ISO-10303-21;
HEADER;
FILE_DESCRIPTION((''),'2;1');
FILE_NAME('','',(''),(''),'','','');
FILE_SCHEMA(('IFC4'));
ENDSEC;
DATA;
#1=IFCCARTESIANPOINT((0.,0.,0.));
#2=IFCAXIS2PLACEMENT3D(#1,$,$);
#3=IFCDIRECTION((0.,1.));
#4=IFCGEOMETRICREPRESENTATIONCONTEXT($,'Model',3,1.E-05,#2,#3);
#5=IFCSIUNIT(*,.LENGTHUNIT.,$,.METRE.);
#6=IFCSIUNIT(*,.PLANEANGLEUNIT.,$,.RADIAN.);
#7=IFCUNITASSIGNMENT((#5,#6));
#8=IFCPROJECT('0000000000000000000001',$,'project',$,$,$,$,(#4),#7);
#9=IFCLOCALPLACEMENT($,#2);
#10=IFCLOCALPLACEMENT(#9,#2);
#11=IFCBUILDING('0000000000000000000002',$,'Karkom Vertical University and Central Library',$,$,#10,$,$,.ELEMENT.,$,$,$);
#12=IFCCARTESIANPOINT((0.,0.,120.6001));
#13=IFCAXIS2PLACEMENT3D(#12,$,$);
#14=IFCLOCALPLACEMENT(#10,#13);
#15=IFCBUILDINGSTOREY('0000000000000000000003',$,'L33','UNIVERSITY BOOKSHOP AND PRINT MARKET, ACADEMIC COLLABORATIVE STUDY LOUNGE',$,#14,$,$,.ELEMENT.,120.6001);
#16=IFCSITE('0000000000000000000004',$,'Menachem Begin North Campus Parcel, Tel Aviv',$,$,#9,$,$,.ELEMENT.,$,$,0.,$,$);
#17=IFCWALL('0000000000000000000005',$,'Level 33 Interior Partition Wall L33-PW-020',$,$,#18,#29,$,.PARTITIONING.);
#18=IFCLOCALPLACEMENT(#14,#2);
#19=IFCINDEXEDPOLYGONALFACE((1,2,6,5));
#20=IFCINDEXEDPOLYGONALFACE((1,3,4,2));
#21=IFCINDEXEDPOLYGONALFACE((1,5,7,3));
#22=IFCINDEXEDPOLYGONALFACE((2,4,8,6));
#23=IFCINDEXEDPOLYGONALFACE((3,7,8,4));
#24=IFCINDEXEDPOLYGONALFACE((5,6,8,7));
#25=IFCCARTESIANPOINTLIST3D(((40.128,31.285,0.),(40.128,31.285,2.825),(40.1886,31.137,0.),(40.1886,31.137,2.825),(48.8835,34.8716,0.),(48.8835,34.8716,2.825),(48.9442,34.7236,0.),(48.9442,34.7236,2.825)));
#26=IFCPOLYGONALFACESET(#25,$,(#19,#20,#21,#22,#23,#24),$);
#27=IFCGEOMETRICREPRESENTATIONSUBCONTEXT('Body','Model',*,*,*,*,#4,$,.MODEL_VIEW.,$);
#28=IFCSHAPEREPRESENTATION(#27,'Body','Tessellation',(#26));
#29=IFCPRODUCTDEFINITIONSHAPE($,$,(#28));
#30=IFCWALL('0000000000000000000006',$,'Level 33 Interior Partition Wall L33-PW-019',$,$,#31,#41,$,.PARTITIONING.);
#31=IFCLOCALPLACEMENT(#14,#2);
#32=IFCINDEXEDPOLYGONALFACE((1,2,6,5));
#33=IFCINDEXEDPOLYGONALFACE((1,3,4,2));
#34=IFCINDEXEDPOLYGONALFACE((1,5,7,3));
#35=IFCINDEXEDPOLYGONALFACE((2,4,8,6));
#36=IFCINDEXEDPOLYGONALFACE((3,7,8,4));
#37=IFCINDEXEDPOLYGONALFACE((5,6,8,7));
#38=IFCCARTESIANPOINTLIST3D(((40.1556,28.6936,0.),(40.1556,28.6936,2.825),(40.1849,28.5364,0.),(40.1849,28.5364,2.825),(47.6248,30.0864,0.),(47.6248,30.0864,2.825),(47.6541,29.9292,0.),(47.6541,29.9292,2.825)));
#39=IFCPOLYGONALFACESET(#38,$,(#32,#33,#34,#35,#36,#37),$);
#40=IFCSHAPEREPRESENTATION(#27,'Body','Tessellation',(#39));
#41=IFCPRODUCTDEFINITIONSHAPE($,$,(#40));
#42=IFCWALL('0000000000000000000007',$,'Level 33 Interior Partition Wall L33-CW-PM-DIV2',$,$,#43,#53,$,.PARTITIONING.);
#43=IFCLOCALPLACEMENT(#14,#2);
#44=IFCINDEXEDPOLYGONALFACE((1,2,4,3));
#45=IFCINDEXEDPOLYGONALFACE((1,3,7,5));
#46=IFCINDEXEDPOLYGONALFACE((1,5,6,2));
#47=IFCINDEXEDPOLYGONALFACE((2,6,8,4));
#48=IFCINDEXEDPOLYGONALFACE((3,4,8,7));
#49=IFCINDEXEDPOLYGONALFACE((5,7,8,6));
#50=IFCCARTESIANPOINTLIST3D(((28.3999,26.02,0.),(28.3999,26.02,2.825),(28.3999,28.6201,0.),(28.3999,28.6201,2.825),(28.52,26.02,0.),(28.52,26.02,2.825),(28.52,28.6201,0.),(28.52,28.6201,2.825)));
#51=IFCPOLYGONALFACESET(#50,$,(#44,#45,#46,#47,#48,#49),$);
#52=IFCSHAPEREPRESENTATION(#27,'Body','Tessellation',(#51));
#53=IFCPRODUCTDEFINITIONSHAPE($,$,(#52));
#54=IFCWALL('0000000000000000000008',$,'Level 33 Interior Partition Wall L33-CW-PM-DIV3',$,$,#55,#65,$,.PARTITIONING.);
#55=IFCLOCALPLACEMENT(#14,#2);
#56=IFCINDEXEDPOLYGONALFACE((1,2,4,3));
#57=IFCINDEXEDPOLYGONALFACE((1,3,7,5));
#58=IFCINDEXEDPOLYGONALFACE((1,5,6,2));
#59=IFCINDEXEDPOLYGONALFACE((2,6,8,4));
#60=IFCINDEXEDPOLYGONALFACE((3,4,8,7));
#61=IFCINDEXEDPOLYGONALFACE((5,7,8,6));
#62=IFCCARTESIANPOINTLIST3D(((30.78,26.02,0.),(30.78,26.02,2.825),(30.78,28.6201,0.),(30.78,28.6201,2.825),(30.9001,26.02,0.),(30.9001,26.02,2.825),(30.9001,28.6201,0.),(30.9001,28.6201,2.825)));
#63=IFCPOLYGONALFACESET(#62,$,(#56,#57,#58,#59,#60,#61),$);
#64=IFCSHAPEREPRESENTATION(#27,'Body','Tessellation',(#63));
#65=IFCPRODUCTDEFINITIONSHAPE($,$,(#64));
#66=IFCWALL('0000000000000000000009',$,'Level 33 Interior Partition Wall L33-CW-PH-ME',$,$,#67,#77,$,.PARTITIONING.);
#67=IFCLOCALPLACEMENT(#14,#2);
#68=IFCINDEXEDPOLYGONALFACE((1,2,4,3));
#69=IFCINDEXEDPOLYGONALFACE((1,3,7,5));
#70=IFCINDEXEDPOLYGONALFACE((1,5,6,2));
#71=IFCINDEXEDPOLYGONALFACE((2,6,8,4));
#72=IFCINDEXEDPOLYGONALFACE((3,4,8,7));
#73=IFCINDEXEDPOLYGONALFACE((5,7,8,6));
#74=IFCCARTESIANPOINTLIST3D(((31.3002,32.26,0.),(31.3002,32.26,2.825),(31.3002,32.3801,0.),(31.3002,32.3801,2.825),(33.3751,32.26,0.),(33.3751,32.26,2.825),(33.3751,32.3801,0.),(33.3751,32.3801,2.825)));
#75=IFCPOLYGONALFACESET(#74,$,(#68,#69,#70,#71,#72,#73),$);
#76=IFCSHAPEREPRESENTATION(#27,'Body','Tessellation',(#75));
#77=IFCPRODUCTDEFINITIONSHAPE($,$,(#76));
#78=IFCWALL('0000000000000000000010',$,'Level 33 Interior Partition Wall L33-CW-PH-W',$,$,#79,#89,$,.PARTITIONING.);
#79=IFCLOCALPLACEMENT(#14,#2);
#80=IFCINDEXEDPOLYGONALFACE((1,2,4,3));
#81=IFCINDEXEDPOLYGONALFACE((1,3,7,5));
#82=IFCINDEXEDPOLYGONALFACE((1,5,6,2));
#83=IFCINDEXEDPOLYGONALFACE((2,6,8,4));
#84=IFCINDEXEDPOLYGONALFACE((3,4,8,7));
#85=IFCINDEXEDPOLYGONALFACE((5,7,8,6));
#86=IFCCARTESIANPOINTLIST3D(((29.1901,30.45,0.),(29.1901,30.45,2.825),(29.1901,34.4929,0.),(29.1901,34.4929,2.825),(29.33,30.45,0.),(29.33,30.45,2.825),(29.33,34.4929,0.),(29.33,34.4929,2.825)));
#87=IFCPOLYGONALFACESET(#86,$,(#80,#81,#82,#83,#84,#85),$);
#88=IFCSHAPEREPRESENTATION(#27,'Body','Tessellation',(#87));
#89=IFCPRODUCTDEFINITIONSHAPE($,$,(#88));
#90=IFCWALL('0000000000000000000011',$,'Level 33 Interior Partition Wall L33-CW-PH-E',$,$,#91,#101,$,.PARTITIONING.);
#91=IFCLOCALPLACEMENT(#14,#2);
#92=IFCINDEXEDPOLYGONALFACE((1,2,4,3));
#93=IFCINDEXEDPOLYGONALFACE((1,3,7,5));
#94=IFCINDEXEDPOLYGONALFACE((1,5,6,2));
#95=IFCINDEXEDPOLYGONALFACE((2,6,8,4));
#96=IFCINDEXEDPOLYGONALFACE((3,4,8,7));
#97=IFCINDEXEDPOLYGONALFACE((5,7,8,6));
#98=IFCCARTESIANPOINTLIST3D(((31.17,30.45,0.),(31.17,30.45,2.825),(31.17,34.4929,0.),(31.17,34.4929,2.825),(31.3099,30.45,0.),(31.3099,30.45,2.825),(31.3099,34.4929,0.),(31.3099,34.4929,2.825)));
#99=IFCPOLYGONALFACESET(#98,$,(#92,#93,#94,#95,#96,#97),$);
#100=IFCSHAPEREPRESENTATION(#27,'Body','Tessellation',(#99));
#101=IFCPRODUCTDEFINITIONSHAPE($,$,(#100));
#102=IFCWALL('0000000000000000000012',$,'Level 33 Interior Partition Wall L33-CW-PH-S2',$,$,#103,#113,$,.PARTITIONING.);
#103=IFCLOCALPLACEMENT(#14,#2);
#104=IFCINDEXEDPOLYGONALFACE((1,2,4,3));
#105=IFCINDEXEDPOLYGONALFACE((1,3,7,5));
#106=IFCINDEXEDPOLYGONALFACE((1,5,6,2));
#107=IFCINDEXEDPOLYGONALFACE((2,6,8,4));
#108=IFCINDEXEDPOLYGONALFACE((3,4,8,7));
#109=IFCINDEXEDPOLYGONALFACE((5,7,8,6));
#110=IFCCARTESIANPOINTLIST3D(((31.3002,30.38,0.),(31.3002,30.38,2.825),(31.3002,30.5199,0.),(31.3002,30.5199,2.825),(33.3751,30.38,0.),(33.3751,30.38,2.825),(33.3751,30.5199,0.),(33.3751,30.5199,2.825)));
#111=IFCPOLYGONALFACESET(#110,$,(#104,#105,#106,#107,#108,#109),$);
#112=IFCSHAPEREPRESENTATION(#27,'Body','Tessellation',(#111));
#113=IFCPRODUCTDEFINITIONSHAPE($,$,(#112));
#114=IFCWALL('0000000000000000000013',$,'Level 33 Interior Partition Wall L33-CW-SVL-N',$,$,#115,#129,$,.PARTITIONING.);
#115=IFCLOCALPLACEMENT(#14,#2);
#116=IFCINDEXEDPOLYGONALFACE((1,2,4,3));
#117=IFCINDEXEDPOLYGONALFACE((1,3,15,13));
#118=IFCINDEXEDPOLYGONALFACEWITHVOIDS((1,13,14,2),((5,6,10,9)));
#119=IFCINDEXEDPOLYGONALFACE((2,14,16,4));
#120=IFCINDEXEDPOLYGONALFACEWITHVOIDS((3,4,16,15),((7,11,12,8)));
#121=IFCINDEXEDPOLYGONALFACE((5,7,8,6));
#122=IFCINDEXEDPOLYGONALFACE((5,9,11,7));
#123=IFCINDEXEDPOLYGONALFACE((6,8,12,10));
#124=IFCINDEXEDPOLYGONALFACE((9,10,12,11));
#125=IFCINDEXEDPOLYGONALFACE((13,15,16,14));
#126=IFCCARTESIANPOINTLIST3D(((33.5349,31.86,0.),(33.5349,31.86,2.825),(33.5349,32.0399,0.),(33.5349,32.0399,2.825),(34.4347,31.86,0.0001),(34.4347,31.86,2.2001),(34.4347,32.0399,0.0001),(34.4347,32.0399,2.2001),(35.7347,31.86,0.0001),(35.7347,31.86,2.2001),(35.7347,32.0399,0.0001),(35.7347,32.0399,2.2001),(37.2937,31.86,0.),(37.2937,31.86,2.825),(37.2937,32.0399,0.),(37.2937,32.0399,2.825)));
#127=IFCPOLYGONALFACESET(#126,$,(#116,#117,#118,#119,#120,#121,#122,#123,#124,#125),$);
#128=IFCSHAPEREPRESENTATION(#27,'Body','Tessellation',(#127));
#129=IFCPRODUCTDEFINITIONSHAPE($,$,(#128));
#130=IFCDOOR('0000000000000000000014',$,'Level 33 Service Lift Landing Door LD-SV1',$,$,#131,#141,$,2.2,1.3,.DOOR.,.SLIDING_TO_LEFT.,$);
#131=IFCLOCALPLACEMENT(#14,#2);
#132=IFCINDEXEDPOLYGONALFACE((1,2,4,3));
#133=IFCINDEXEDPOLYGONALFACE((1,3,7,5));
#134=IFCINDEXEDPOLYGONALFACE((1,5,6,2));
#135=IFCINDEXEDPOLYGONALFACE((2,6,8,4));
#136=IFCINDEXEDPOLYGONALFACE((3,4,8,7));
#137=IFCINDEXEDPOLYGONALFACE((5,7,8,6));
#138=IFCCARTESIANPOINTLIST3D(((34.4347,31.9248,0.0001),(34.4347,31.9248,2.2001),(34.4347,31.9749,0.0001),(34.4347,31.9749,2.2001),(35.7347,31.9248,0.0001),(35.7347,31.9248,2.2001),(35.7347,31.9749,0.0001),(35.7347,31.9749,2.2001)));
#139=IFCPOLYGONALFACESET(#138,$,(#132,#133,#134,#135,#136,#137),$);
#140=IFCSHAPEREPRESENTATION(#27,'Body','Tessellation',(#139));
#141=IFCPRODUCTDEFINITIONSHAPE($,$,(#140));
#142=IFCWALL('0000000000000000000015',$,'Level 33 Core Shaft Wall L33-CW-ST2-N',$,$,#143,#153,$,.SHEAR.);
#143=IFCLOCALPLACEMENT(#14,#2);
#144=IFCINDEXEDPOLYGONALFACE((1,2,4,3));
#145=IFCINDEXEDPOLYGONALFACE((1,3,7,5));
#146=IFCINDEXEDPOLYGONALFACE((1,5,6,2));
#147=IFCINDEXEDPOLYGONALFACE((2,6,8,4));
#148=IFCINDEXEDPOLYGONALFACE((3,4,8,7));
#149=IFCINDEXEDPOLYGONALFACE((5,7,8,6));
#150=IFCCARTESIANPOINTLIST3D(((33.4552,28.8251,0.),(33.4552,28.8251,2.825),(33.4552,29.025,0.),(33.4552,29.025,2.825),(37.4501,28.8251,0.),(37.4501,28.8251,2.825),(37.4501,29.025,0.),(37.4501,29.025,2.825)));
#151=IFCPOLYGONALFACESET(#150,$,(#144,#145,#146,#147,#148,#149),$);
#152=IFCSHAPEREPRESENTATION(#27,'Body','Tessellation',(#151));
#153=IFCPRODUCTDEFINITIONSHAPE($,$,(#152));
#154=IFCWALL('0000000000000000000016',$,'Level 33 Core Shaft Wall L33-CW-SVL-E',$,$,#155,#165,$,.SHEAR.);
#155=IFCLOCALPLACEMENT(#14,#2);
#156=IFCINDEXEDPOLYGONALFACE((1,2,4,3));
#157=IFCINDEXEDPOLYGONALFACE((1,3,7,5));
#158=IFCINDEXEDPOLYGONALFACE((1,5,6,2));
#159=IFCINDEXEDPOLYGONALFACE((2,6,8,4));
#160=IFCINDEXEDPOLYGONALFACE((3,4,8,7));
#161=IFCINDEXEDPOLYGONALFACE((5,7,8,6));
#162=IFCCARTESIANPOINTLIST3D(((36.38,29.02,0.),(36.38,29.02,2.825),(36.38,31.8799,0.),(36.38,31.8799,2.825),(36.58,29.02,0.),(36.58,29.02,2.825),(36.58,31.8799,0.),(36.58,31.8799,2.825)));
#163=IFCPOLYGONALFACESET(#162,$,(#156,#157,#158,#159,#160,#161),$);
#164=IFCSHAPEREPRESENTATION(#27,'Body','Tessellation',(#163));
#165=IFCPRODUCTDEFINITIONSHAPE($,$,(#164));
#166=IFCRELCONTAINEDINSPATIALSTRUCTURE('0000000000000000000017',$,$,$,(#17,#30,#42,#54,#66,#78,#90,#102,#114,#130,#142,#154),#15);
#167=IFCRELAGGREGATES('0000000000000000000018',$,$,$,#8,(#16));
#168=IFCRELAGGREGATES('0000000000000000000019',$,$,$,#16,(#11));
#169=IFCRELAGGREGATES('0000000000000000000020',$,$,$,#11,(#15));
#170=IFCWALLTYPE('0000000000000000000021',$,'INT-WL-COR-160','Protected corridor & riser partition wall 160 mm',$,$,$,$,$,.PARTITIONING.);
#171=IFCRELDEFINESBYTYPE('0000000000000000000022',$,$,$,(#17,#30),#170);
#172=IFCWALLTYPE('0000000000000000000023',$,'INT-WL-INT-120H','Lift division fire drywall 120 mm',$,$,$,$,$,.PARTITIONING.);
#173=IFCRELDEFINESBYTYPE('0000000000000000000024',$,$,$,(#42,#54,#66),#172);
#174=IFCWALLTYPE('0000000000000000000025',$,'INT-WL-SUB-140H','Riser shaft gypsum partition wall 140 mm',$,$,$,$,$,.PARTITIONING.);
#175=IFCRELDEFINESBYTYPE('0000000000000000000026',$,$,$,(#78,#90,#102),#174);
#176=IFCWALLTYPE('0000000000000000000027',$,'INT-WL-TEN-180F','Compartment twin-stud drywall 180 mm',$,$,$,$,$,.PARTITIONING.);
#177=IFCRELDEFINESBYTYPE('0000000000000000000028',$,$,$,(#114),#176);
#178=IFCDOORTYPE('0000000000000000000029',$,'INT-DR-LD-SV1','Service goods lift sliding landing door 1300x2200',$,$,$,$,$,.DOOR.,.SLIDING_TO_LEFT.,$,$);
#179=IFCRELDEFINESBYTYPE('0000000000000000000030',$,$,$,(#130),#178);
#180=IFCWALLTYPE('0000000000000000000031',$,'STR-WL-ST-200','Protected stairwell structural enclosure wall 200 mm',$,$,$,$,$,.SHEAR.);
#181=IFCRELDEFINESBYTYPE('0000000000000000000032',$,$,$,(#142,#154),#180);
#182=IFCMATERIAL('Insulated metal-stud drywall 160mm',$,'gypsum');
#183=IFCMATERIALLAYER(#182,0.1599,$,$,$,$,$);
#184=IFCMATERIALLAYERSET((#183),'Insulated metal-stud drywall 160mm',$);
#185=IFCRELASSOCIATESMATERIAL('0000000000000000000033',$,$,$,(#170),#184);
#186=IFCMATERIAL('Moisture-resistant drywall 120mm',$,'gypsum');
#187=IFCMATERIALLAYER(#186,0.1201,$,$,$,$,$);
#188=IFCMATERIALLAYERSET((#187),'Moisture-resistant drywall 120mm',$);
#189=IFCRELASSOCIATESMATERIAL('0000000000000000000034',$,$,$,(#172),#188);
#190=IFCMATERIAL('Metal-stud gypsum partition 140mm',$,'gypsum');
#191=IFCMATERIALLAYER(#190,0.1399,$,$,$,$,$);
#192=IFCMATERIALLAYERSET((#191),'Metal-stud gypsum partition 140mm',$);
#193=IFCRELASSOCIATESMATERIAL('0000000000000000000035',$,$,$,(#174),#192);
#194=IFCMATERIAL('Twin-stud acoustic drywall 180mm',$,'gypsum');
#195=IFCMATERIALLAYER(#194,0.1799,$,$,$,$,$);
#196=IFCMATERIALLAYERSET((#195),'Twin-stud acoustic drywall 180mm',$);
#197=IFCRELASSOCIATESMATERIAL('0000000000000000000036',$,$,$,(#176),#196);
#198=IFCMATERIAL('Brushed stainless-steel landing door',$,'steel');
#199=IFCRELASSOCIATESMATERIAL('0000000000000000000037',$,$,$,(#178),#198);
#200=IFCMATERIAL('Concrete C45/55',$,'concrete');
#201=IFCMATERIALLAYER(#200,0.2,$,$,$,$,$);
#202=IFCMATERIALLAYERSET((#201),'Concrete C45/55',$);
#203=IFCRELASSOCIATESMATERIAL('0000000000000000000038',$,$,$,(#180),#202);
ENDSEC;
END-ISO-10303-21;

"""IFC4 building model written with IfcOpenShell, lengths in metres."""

from ifc_helpers import new_model, si_unit, direction, frame, frame_2d, origin, origin_with_axes, place, context, subcontext, project, spatial, rectangle, extrude, source, transform, mapped, material, layer, layer_set, type_object, element, fill, save


model = new_model("IFC4")

# Units and contexts
model_context = context("Model", 3, precision=1e-05, world=origin(), true_north=direction((0.0, 1.0)))
body_context = subcontext(model_context, "Body", "Model", "MODEL_VIEW")
ifc_project = project(units=[si_unit("LENGTHUNIT", "METRE"), si_unit("PLANEANGLEUNIT", "RADIAN")], contexts=[model_context])

# Site, building, storey
site_placement = place(None, origin())
site = spatial("IfcSite", under=ifc_project, at=site_placement, Name="Menachem Begin North Campus Parcel, Tel Aviv", CompositionType="ELEMENT", RefElevation=0.0)
building_placement = place(site_placement, origin())
building = spatial("IfcBuilding", under=site, at=building_placement, Name="Karkom Vertical University and Central Library", CompositionType="ELEMENT")
storey_placement = place(building_placement, frame((0.0, 0.0, 120.6001)))
storey = spatial("IfcBuildingStorey", under=building, at=storey_placement, Name="L33", Description="UNIVERSITY BOOKSHOP AND PRINT MARKET, ACADEMIC COLLABORATIVE STUDY LOUNGE", CompositionType="ELEMENT", Elevation=120.6001)

# Walls
ifc_material_1 = material(Name="Insulated metal-stud drywall 160mm", Category="gypsum")
ifc_layer_1 = layer(ifc_material_1, 0.1599)
ifc_layer_set_1 = layer_set([ifc_layer_1], Name="Insulated metal-stud drywall 160mm")
wall_type_1 = type_object("IfcWallType", Name="INT-WL-COR-160", Description="Protected corridor & riser partition wall 160 mm", PredefinedType="PARTITIONING", material=ifc_layer_set_1)
wall_1_placement = place(storey_placement, frame((40.1582, 31.2109, 0.0), z_axis=(0.0, 0.0, 1.0), x_axis=(0.925368, 0.37907, 0.0)))
element("IfcWall", 1, at=wall_1_placement, inside=storey, type_object=wall_type_1, Name="Level 33 Interior Partition Wall L33-PW-020", PredefinedType="PARTITIONING", context=body_context, shape_type="SweptSolid", body=[
    extrude(rectangle(XDim=9.4617, YDim=0.1599, at=frame_2d((4.731, 0.0))), origin(), (0.0, 0.0, 1.0), 2.825),
])
wall_2_placement = place(storey_placement, frame((40.1704, 28.615, 0.0), z_axis=(0.0, 0.0, 1.0), x_axis=(0.983054, 0.183315, 0.0)))
element("IfcWall", 2, at=wall_2_placement, inside=storey, type_object=wall_type_1, Name="Level 33 Interior Partition Wall L33-PW-019", PredefinedType="PARTITIONING", context=body_context, shape_type="SweptSolid", body=[
    extrude(rectangle(XDim=7.5979, YDim=0.1599, at=frame_2d((3.7988, 0.0))), origin(), (0.0, 0.0, 1.0), 2.825),
])
ifc_material_2 = material(Name="Moisture-resistant drywall 120mm", Category="gypsum")
ifc_layer_2 = layer(ifc_material_2, 0.1201)
ifc_layer_set_2 = layer_set([ifc_layer_2], Name="Moisture-resistant drywall 120mm")
wall_type_2 = type_object("IfcWallType", Name="INT-WL-INT-120H", Description="Lift division fire drywall 120 mm", PredefinedType="PARTITIONING", material=ifc_layer_set_2)
for number, where, z_axis, x_axis, name in (
    (3, (28.46, 26.02, 0.0), (0.0, 0.0, 1.0), (0.0, 1.0, 0.0), "Level 33 Interior Partition Wall L33-CW-PM-DIV2"),
    (4, (30.8401, 26.02, 0.0), (0.0, 0.0, 1.0), (0.0, 1.0, 0.0), "Level 33 Interior Partition Wall L33-CW-PM-DIV3"),
):
    element("IfcWall", number, at=place(storey_placement, frame(where, z_axis=z_axis, x_axis=x_axis)), inside=storey, type_object=wall_type_2, Name=name, PredefinedType="PARTITIONING", context=body_context, shape_type="SweptSolid", body=[
        extrude(rectangle(XDim=2.6001, YDim=0.1201, at=frame_2d((1.3, 0.0))), origin(), (0.0, 0.0, 1.0), 2.825),
    ])
wall_3_placement = place(storey_placement, frame((31.3, 32.3201, 0.0), z_axis=(0.0, 0.0, 1.0), x_axis=(1.0, 0.0, 0.0)))
element("IfcWall", 5, at=wall_3_placement, inside=storey, type_object=wall_type_2, Name="Level 33 Interior Partition Wall L33-CW-PH-ME", PredefinedType="PARTITIONING", context=body_context, shape_type="SweptSolid", body=[
    extrude(rectangle(XDim=2.075, YDim=0.1201, at=frame_2d((1.0376, 0.0))), origin(), (0.0, 0.0, 1.0), 2.825),
])
ifc_material_3 = material(Name="Metal-stud gypsum partition 140mm", Category="gypsum")
ifc_layer_3 = layer(ifc_material_3, 0.1399)
ifc_layer_set_3 = layer_set([ifc_layer_3], Name="Metal-stud gypsum partition 140mm")
wall_type_3 = type_object("IfcWallType", Name="INT-WL-SUB-140H", Description="Riser shaft gypsum partition wall 140 mm", PredefinedType="PARTITIONING", material=ifc_layer_set_3)
for number, where, z_axis, x_axis, name in (
    (6, (29.26, 30.45, 0.0), (0.0, 0.0, 1.0), (0.0, 1.0, 0.0), "Level 33 Interior Partition Wall L33-CW-PH-W"),
    (7, (31.24, 30.45, 0.0), (0.0, 0.0, 1.0), (0.0, 1.0, 0.0), "Level 33 Interior Partition Wall L33-CW-PH-E"),
):
    element("IfcWall", number, at=place(storey_placement, frame(where, z_axis=z_axis, x_axis=x_axis)), inside=storey, type_object=wall_type_3, Name=name, PredefinedType="PARTITIONING", context=body_context, shape_type="SweptSolid", body=[
        extrude(rectangle(XDim=4.043, YDim=0.1399, at=frame_2d((2.0215, 0.0))), origin(), (0.0, 0.0, 1.0), 2.825),
    ])
wall_4_placement = place(storey_placement, frame((31.3, 30.45, 0.0), z_axis=(0.0, 0.0, 1.0), x_axis=(1.0, 0.0, 0.0)))
element("IfcWall", 8, at=wall_4_placement, inside=storey, type_object=wall_type_3, Name="Level 33 Interior Partition Wall L33-CW-PH-S2", PredefinedType="PARTITIONING", context=body_context, shape_type="SweptSolid", body=[
    extrude(rectangle(XDim=2.075, YDim=0.1399, at=frame_2d((1.0376, 0.0))), origin(), (0.0, 0.0, 1.0), 2.825),
])

# Wall, opening, door
ifc_material_4 = material(Name="Twin-stud acoustic drywall 180mm", Category="gypsum")
ifc_layer_4 = layer(ifc_material_4, 0.1799)
ifc_layer_set_4 = layer_set([ifc_layer_4], Name="Twin-stud acoustic drywall 180mm")
wall_type_4 = type_object("IfcWallType", Name="INT-WL-TEN-180F", Description="Compartment twin-stud drywall 180 mm", PredefinedType="PARTITIONING", material=ifc_layer_set_4)
wall_5_placement = place(storey_placement, frame((33.5349, 31.95, 0.0), z_axis=(0.0, 0.0, 1.0), x_axis=(1.0, 0.0, 0.0)))
wall_5 = element("IfcWall", 9, at=wall_5_placement, inside=storey, type_object=wall_type_4, Name="Level 33 Interior Partition Wall L33-CW-SVL-N", PredefinedType="PARTITIONING", context=body_context, shape_type="SweptSolid", body=[
    extrude(rectangle(XDim=3.7588, YDim=0.1799, at=frame_2d((1.8794, 0.0))), origin(), (0.0, 0.0, 1.0), 2.825),
])
opening_1_placement = place(wall_5_placement, frame((0.8999, 0.0, 0.0)))
opening_1 = element("IfcOpeningElement", 10, at=opening_1_placement, cuts=wall_5, PredefinedType="OPENING", context=body_context, shape_type="SweptSolid", body=[
    extrude(rectangle(XDim=1.3, YDim=2.2, at=frame_2d((0.6499, 1.1001))), frame((0.0, 0.1001, 0.0), z_axis=(0.0, -1.0, 0.0), x_axis=(1.0, 0.0, 0.0)), (0.0, 0.0, 1.0), 0.2),
])
ifc_material_5 = material(Name="Brushed stainless-steel landing door", Category="steel")
door_type_1 = type_object("IfcDoorType", Name="INT-DR-LD-SV1", Description="Service goods lift sliding landing door 1300x2200", OperationType="SLIDING_TO_LEFT", PredefinedType="DOOR", material=ifc_material_5)
shared_shape_1 = source(origin_with_axes(), body_context, "Body", "SweptSolid", [
    extrude(rectangle(XDim=1.3, YDim=2.2, at=frame_2d((0.6499, 1.1001))), frame((0.0, 0.0249, 0.0), z_axis=(0.0, -1.0, 0.0), x_axis=(1.0, 0.0, 0.0)), (0.0, 0.0, 1.0), 0.05),
])
door_1_placement = place(opening_1_placement, origin())
door_1 = element("IfcDoor", 11, at=door_1_placement, inside=storey, type_object=door_type_1, Name="Level 33 Service Lift Landing Door LD-SV1", OperationType="SLIDING_TO_LEFT", OverallHeight=2.2, OverallWidth=1.3, PredefinedType="DOOR", context=body_context, shape_type="MappedRepresentation", body=[
    mapped(shared_shape_1, transform((0.0, 0.0, 0.0), scale=1.0)),
])
fill(opening_1, door_1)

# Walls
ifc_material_6 = material(Name="Concrete C45/55", Category="concrete")
ifc_layer_5 = layer(ifc_material_6, 0.2)
ifc_layer_set_5 = layer_set([ifc_layer_5], Name="Concrete C45/55")
wall_type_5 = type_object("IfcWallType", Name="STR-WL-ST-200", Description="Protected stairwell structural enclosure wall 200 mm", PredefinedType="SHEAR", material=ifc_layer_set_5)
wall_6_placement = place(storey_placement, frame((33.4551, 28.925, 0.0), z_axis=(0.0, 0.0, 1.0), x_axis=(1.0, 0.0, 0.0)))
element("IfcWall", 12, at=wall_6_placement, inside=storey, type_object=wall_type_5, Name="Level 33 Core Shaft Wall L33-CW-ST2-N", PredefinedType="SHEAR", context=body_context, shape_type="SweptSolid", body=[
    extrude(rectangle(XDim=3.9949, YDim=0.2, at=frame_2d((1.9976, 0.0))), origin(), (0.0, 0.0, 1.0), 2.825),
])
wall_7_placement = place(storey_placement, frame((36.48, 29.02, 0.0), z_axis=(0.0, 0.0, 1.0), x_axis=(0.0, 1.0, 0.0)))
element("IfcWall", 13, at=wall_7_placement, inside=storey, type_object=wall_type_5, Name="Level 33 Core Shaft Wall L33-CW-SVL-E", PredefinedType="SHEAR", context=body_context, shape_type="SweptSolid", body=[
    extrude(rectangle(XDim=2.8599, YDim=0.2, at=frame_2d((1.4299, 0.0))), origin(), (0.0, 0.0, 1.0), 2.825),
])

save(model, "model.ifc")
